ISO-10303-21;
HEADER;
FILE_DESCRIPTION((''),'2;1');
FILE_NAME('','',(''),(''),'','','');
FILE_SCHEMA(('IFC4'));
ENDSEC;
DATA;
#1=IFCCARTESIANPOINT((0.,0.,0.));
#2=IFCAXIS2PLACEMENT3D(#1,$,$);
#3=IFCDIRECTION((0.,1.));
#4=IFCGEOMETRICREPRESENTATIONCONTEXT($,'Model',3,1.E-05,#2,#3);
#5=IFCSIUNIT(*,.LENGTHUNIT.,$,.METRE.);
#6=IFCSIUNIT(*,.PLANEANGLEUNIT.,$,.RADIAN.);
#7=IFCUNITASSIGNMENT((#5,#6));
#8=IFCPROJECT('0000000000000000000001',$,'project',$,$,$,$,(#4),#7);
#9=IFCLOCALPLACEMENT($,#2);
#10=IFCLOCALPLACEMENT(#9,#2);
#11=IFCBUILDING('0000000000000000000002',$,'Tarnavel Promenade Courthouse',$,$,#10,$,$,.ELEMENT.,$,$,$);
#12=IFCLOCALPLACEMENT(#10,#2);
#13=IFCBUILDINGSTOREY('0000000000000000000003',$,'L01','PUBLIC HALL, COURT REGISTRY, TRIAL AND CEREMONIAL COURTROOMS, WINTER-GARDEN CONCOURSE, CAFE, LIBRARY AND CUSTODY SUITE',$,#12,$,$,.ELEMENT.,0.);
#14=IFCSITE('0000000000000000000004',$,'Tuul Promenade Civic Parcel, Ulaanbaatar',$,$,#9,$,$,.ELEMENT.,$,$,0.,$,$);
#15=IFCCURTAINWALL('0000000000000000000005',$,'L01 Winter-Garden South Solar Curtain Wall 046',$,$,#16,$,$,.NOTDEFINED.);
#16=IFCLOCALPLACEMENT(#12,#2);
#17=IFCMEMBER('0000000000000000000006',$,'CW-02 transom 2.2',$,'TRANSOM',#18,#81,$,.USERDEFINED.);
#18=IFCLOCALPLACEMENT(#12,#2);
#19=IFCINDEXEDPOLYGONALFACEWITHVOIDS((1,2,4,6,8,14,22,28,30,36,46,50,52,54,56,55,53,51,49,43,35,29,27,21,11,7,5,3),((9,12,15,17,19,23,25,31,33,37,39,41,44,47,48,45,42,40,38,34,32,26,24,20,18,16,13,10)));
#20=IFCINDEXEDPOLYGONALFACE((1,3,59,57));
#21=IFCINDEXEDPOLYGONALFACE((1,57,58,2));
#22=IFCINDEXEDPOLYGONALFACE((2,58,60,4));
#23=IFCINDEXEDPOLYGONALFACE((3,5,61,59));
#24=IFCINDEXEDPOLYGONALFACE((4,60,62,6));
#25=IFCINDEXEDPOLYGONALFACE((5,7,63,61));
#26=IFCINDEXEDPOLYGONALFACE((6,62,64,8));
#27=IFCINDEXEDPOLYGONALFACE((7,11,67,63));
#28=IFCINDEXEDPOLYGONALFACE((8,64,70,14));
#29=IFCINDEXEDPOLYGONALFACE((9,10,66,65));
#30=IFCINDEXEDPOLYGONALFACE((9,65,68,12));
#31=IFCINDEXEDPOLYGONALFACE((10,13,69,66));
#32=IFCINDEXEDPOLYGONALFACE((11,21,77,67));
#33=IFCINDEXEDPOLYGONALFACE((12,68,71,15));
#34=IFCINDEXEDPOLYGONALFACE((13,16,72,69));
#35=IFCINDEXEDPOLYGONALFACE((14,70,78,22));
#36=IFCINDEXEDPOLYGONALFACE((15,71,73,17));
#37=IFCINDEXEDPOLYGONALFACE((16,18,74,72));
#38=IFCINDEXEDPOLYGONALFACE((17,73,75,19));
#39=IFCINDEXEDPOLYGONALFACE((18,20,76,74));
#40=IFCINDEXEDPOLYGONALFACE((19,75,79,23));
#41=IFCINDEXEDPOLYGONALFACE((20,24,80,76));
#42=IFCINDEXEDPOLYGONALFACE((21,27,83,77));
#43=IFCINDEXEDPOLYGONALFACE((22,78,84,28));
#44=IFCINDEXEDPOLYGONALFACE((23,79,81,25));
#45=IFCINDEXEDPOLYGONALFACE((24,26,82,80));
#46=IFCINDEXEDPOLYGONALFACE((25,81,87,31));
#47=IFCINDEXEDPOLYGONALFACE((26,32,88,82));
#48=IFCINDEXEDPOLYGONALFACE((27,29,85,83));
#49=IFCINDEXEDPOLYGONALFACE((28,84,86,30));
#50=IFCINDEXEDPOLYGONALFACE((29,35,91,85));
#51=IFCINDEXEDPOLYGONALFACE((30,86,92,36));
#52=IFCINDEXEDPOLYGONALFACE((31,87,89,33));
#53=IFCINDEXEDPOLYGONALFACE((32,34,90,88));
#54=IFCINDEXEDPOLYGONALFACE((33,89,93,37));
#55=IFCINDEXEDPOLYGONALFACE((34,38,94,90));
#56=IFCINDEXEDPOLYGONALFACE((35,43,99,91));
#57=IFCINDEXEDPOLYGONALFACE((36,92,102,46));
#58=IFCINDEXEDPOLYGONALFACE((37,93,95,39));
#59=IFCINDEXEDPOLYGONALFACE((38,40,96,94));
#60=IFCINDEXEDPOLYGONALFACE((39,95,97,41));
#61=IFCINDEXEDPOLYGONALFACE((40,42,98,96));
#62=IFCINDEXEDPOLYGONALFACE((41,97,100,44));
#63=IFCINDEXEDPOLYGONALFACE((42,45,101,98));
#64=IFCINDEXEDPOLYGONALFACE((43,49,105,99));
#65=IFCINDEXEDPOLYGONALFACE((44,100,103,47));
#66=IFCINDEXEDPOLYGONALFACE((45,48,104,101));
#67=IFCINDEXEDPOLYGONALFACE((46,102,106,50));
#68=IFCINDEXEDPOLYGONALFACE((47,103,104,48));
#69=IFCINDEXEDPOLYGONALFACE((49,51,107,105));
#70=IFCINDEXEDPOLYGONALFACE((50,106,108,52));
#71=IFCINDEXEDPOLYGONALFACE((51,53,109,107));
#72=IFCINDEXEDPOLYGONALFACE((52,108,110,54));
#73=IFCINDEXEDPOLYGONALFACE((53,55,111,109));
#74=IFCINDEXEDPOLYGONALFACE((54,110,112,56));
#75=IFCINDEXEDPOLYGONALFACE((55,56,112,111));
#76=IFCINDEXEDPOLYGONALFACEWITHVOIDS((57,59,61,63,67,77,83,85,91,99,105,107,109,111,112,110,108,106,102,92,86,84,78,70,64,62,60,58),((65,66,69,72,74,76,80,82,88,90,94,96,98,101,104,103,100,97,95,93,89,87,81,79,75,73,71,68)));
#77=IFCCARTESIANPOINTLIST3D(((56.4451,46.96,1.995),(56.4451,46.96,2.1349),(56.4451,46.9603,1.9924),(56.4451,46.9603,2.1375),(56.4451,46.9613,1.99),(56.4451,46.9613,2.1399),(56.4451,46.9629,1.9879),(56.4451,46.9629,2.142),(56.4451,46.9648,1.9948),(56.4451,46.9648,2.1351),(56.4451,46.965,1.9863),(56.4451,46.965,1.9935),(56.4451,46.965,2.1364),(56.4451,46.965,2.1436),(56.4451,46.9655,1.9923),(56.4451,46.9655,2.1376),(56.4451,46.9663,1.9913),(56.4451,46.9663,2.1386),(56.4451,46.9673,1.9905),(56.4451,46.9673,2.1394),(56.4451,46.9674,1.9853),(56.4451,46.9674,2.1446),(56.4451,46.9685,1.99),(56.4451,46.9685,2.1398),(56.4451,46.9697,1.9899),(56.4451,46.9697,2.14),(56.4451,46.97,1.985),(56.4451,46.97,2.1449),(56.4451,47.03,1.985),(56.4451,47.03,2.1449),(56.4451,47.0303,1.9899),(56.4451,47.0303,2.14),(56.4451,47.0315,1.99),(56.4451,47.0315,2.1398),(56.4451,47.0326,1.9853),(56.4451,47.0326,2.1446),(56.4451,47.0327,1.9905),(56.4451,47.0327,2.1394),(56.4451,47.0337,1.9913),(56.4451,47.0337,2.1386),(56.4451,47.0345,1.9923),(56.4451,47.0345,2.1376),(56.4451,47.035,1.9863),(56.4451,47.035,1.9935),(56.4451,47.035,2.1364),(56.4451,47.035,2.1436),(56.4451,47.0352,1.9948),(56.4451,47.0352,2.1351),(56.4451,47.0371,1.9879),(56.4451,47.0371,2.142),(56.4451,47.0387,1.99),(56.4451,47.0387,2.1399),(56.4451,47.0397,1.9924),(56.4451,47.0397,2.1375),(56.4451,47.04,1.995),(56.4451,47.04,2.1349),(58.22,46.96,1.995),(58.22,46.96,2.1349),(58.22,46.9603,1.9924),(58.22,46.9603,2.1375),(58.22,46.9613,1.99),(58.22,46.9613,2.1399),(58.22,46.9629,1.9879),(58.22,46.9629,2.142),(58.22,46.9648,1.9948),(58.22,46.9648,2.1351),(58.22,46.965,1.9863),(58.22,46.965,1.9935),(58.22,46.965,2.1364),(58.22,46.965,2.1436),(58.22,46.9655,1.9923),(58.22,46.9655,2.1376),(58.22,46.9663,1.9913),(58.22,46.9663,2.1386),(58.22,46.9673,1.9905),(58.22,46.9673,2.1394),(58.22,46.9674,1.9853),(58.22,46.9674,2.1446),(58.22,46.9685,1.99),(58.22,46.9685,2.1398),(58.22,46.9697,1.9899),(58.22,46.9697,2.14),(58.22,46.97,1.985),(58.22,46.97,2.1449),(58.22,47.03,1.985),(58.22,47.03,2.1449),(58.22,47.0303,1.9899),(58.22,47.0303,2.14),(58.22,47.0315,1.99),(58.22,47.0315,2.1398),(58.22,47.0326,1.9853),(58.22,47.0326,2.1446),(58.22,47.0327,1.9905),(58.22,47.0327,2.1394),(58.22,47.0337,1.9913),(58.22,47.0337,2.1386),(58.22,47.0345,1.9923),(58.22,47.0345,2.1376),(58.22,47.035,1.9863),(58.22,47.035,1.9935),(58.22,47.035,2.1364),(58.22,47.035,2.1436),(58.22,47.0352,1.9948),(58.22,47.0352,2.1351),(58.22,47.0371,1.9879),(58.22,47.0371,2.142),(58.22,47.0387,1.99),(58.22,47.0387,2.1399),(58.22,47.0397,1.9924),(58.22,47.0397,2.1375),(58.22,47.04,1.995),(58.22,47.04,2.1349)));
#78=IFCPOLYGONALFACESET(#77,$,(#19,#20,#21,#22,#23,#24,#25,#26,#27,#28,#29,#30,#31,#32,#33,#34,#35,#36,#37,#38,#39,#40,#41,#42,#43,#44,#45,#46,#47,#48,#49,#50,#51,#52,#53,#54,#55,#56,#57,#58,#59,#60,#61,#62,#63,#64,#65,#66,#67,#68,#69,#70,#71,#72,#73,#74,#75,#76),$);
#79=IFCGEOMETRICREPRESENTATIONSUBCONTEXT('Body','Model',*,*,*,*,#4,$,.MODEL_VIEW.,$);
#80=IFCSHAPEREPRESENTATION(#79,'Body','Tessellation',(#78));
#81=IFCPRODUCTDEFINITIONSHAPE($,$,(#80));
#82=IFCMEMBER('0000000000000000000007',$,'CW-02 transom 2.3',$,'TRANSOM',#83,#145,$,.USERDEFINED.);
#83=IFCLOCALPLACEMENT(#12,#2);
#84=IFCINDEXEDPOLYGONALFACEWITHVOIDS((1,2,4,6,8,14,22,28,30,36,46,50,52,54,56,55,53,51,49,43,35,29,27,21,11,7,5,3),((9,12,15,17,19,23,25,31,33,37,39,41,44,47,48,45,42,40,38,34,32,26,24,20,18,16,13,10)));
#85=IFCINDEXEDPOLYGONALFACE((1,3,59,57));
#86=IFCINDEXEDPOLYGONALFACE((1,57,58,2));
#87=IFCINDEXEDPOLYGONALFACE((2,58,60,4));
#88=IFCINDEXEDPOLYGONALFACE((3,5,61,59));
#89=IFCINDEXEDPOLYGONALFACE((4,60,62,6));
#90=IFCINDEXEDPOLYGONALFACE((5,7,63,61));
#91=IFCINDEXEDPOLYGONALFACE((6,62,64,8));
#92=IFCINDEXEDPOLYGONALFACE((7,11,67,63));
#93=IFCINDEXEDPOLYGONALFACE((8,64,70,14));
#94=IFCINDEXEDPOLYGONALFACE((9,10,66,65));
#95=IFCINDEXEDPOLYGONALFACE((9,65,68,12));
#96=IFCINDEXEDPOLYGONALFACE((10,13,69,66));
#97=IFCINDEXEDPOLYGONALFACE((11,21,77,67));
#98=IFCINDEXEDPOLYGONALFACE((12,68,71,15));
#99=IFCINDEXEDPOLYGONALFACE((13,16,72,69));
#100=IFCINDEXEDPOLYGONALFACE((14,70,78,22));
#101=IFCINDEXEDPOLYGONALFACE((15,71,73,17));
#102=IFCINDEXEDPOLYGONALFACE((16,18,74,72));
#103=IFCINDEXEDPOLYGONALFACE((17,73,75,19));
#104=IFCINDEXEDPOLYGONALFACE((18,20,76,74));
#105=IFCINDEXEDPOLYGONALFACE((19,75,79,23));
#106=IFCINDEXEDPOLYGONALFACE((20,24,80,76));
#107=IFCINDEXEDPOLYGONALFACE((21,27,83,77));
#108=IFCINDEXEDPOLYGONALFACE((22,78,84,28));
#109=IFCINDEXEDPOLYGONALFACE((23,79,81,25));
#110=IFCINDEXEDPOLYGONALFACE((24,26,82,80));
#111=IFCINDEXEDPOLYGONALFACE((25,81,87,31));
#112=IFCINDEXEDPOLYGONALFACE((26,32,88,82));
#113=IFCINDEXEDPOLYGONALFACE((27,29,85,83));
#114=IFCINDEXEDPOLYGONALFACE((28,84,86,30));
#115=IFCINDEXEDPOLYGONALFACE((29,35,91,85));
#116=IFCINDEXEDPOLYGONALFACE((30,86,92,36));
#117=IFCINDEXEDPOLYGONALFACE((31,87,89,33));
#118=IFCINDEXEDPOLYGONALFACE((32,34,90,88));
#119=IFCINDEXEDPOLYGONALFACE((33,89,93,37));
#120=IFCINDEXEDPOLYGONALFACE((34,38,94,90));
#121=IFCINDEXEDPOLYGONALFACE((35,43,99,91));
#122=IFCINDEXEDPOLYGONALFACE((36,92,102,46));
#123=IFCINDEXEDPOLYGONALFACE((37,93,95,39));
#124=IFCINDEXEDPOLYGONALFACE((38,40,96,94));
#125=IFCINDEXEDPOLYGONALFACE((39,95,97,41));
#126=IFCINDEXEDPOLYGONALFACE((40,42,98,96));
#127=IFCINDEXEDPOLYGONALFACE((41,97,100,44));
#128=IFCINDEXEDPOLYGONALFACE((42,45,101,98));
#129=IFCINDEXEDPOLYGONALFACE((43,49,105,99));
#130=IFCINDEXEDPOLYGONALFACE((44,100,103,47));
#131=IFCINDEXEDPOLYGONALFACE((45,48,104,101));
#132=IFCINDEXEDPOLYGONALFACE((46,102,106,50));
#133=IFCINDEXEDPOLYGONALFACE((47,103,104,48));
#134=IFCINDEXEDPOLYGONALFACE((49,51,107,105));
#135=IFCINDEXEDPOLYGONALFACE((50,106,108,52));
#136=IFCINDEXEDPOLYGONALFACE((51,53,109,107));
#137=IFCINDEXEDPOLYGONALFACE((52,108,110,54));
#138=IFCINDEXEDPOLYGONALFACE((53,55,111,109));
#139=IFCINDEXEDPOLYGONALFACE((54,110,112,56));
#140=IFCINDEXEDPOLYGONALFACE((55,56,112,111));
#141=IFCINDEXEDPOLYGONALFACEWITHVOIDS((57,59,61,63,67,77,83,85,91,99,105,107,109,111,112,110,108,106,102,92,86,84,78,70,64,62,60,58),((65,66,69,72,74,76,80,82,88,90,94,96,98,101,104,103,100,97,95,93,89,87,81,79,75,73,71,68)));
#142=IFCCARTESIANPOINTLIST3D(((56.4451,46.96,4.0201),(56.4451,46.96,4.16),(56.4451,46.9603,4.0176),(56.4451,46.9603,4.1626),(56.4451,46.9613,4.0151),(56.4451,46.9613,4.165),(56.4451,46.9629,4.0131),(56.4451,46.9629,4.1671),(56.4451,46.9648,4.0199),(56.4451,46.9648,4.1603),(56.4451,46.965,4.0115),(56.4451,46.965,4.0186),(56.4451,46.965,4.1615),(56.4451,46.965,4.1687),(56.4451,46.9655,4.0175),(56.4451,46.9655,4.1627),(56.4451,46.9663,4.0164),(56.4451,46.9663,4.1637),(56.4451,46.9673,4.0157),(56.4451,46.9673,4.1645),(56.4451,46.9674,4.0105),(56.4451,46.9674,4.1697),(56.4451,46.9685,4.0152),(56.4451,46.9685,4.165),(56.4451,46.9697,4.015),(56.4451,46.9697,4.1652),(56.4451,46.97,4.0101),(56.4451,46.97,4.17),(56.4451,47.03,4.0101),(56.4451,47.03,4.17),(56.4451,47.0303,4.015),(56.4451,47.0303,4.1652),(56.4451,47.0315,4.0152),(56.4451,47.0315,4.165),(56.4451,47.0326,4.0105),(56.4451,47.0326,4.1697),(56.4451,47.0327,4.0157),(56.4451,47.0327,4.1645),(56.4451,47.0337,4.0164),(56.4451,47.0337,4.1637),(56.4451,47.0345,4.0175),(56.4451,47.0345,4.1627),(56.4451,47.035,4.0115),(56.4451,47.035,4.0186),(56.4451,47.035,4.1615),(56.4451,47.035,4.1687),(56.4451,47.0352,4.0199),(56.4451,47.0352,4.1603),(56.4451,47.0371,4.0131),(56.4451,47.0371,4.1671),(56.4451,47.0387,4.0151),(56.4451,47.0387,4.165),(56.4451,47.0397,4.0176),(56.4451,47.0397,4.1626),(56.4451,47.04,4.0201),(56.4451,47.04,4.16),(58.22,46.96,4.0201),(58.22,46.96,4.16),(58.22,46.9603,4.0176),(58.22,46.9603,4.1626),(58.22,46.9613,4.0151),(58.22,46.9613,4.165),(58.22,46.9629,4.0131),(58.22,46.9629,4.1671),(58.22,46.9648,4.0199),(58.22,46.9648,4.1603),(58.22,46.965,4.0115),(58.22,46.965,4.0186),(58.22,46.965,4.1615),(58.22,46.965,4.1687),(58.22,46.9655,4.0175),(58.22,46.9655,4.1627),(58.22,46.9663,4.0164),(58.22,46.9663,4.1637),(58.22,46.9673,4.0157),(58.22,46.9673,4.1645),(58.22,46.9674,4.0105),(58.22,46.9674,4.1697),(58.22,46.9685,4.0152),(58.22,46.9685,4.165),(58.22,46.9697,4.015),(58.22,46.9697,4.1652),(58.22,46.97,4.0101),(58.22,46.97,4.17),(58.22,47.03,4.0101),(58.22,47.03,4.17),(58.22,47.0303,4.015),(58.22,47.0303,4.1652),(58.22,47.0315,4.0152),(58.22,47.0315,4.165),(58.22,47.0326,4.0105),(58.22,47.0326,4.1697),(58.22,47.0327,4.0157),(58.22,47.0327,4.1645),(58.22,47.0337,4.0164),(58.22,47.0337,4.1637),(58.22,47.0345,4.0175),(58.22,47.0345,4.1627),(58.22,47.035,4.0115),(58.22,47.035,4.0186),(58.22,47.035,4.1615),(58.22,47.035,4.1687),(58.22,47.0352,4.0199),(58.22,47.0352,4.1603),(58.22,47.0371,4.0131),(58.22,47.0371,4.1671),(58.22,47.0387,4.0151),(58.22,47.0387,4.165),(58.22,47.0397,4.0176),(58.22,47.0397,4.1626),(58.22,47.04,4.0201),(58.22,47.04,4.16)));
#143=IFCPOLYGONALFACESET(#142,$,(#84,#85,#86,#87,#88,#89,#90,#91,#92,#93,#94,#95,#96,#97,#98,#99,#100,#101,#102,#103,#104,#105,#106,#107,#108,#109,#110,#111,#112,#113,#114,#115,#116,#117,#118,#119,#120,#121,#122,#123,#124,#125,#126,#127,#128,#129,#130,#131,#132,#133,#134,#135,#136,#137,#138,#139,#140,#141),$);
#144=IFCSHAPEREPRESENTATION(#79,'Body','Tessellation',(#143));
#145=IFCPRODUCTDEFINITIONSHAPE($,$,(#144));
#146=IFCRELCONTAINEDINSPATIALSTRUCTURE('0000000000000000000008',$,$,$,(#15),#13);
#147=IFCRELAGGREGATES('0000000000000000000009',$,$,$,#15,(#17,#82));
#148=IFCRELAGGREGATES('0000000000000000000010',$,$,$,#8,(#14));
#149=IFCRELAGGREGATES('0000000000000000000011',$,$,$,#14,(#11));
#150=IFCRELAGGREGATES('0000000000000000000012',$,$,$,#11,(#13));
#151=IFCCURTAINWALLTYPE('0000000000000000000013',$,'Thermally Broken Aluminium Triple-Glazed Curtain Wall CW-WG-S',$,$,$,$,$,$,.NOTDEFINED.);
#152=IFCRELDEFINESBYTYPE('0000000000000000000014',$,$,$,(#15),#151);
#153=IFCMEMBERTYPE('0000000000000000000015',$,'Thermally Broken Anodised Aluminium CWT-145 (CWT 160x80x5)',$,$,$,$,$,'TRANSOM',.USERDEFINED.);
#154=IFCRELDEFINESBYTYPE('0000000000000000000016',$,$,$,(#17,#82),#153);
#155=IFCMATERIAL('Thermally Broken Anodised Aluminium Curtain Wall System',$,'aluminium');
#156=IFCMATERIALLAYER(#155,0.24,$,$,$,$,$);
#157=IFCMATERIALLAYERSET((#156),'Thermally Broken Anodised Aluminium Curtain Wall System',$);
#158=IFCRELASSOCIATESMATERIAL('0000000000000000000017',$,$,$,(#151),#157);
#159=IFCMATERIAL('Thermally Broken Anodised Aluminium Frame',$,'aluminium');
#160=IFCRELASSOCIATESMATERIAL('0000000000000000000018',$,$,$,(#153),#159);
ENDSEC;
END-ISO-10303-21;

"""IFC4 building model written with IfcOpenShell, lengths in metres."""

from ifc_helpers import new_model, si_unit, direction, frame, origin, origin_2d, place, context, subcontext, project, spatial, hollow_rectangle, extrude, material, layer, layer_set, material_profile, profile_set, type_object, element, aggregate, save


model = new_model("IFC4")

# Units and contexts
model_context = context("Model", 3, precision=1e-05, world=origin(), true_north=direction((0.0, 1.0)))
body_context = subcontext(model_context, "Body", "Model", "MODEL_VIEW")
ifc_project = project(units=[si_unit("LENGTHUNIT", "METRE"), si_unit("PLANEANGLEUNIT", "RADIAN")], contexts=[model_context])

# Site, building, storey
site_placement = place(None, origin())
site = spatial("IfcSite", under=ifc_project, at=site_placement, Name="Tuul Promenade Civic Parcel, Ulaanbaatar", CompositionType="ELEMENT", RefElevation=0.0)
building_placement = place(site_placement, origin())
building = spatial("IfcBuilding", under=site, at=building_placement, Name="Tarnavel Promenade Courthouse", CompositionType="ELEMENT")
storey_placement = place(building_placement, origin())
storey = spatial("IfcBuildingStorey", under=building, at=storey_placement, Name="L01", Description="PUBLIC HALL, COURT REGISTRY, TRIAL AND CEREMONIAL COURTROOMS, WINTER-GARDEN CONCOURSE, CAFE, LIBRARY AND CUSTODY SUITE", CompositionType="ELEMENT", Elevation=0.0)

# Curtain wall
ifc_material_1 = material(Name="Thermally Broken Anodised Aluminium Curtain Wall System", Category="aluminium")
ifc_layer_1 = layer(ifc_material_1, 0.24)
ifc_layer_set_1 = layer_set([ifc_layer_1], Name="Thermally Broken Anodised Aluminium Curtain Wall System")
curtain_wall_type = type_object("IfcCurtainWallType", Name="Thermally Broken Aluminium Triple-Glazed Curtain Wall CW-WG-S", PredefinedType="NOTDEFINED", material=ifc_layer_set_1)
curtain_wall_1_placement = place(storey_placement, origin())
curtain_wall_1 = element("IfcCurtainWall", 1, at=curtain_wall_1_placement, inside=storey, type_object=curtain_wall_type, Name="L01 Winter-Garden South Solar Curtain Wall 046", PredefinedType="NOTDEFINED")
ifc_material_2 = material(Name="Thermally Broken Anodised Aluminium Frame", Category="aluminium")

# Members
ifc_material_profile_1 = material_profile(ifc_material_2, hollow_rectangle(XDim=0.0801, YDim=0.1599, WallThickness=0.0049, InnerFilletRadius=0.0049, OuterFilletRadius=0.01, at=origin_2d()), Name="CWT 160x80x5")
ifc_profile_set_1 = profile_set([ifc_material_profile_1], Name="Thermally Broken Anodised Aluminium Frame")
member_type_1 = type_object("IfcMemberType", Name="Thermally Broken Anodised Aluminium CWT-145 (CWT 160x80x5)", ElementType="TRANSOM", PredefinedType="USERDEFINED", material=ifc_profile_set_1)
member_1_placement = place(storey_placement, frame((56.4451, 47.0, 2.0649), z_axis=(1.0, 0.0, 0.0), x_axis=(0.0, 1.0, 0.0)))
member_1 = element("IfcMember", 2, at=member_1_placement, type_object=member_type_1, Name="CW-02 transom 2.2", ObjectType="TRANSOM", PredefinedType="USERDEFINED", context=body_context, shape_type="SweptSolid", body=[
    extrude(hollow_rectangle(XDim=0.0801, YDim=0.1599, WallThickness=0.0049, InnerFilletRadius=0.0049, OuterFilletRadius=0.01, at=origin_2d()), origin(), (0.0, 0.0, 1.0), 1.7749),
])
member_2_placement = place(storey_placement, frame((56.4451, 47.0, 4.0901), z_axis=(1.0, 0.0, 0.0), x_axis=(0.0, 1.0, 0.0)))
member_2 = element("IfcMember", 3, at=member_2_placement, type_object=member_type_1, Name="CW-02 transom 2.3", ObjectType="TRANSOM", PredefinedType="USERDEFINED", context=body_context, shape_type="SweptSolid", body=[
    extrude(hollow_rectangle(XDim=0.0801, YDim=0.1599, WallThickness=0.0049, InnerFilletRadius=0.0049, OuterFilletRadius=0.01, at=origin_2d()), origin(), (0.0, 0.0, 1.0), 1.7749),
])

aggregate(curtain_wall_1, [member_1, member_2])

save(model, "model.ifc")
